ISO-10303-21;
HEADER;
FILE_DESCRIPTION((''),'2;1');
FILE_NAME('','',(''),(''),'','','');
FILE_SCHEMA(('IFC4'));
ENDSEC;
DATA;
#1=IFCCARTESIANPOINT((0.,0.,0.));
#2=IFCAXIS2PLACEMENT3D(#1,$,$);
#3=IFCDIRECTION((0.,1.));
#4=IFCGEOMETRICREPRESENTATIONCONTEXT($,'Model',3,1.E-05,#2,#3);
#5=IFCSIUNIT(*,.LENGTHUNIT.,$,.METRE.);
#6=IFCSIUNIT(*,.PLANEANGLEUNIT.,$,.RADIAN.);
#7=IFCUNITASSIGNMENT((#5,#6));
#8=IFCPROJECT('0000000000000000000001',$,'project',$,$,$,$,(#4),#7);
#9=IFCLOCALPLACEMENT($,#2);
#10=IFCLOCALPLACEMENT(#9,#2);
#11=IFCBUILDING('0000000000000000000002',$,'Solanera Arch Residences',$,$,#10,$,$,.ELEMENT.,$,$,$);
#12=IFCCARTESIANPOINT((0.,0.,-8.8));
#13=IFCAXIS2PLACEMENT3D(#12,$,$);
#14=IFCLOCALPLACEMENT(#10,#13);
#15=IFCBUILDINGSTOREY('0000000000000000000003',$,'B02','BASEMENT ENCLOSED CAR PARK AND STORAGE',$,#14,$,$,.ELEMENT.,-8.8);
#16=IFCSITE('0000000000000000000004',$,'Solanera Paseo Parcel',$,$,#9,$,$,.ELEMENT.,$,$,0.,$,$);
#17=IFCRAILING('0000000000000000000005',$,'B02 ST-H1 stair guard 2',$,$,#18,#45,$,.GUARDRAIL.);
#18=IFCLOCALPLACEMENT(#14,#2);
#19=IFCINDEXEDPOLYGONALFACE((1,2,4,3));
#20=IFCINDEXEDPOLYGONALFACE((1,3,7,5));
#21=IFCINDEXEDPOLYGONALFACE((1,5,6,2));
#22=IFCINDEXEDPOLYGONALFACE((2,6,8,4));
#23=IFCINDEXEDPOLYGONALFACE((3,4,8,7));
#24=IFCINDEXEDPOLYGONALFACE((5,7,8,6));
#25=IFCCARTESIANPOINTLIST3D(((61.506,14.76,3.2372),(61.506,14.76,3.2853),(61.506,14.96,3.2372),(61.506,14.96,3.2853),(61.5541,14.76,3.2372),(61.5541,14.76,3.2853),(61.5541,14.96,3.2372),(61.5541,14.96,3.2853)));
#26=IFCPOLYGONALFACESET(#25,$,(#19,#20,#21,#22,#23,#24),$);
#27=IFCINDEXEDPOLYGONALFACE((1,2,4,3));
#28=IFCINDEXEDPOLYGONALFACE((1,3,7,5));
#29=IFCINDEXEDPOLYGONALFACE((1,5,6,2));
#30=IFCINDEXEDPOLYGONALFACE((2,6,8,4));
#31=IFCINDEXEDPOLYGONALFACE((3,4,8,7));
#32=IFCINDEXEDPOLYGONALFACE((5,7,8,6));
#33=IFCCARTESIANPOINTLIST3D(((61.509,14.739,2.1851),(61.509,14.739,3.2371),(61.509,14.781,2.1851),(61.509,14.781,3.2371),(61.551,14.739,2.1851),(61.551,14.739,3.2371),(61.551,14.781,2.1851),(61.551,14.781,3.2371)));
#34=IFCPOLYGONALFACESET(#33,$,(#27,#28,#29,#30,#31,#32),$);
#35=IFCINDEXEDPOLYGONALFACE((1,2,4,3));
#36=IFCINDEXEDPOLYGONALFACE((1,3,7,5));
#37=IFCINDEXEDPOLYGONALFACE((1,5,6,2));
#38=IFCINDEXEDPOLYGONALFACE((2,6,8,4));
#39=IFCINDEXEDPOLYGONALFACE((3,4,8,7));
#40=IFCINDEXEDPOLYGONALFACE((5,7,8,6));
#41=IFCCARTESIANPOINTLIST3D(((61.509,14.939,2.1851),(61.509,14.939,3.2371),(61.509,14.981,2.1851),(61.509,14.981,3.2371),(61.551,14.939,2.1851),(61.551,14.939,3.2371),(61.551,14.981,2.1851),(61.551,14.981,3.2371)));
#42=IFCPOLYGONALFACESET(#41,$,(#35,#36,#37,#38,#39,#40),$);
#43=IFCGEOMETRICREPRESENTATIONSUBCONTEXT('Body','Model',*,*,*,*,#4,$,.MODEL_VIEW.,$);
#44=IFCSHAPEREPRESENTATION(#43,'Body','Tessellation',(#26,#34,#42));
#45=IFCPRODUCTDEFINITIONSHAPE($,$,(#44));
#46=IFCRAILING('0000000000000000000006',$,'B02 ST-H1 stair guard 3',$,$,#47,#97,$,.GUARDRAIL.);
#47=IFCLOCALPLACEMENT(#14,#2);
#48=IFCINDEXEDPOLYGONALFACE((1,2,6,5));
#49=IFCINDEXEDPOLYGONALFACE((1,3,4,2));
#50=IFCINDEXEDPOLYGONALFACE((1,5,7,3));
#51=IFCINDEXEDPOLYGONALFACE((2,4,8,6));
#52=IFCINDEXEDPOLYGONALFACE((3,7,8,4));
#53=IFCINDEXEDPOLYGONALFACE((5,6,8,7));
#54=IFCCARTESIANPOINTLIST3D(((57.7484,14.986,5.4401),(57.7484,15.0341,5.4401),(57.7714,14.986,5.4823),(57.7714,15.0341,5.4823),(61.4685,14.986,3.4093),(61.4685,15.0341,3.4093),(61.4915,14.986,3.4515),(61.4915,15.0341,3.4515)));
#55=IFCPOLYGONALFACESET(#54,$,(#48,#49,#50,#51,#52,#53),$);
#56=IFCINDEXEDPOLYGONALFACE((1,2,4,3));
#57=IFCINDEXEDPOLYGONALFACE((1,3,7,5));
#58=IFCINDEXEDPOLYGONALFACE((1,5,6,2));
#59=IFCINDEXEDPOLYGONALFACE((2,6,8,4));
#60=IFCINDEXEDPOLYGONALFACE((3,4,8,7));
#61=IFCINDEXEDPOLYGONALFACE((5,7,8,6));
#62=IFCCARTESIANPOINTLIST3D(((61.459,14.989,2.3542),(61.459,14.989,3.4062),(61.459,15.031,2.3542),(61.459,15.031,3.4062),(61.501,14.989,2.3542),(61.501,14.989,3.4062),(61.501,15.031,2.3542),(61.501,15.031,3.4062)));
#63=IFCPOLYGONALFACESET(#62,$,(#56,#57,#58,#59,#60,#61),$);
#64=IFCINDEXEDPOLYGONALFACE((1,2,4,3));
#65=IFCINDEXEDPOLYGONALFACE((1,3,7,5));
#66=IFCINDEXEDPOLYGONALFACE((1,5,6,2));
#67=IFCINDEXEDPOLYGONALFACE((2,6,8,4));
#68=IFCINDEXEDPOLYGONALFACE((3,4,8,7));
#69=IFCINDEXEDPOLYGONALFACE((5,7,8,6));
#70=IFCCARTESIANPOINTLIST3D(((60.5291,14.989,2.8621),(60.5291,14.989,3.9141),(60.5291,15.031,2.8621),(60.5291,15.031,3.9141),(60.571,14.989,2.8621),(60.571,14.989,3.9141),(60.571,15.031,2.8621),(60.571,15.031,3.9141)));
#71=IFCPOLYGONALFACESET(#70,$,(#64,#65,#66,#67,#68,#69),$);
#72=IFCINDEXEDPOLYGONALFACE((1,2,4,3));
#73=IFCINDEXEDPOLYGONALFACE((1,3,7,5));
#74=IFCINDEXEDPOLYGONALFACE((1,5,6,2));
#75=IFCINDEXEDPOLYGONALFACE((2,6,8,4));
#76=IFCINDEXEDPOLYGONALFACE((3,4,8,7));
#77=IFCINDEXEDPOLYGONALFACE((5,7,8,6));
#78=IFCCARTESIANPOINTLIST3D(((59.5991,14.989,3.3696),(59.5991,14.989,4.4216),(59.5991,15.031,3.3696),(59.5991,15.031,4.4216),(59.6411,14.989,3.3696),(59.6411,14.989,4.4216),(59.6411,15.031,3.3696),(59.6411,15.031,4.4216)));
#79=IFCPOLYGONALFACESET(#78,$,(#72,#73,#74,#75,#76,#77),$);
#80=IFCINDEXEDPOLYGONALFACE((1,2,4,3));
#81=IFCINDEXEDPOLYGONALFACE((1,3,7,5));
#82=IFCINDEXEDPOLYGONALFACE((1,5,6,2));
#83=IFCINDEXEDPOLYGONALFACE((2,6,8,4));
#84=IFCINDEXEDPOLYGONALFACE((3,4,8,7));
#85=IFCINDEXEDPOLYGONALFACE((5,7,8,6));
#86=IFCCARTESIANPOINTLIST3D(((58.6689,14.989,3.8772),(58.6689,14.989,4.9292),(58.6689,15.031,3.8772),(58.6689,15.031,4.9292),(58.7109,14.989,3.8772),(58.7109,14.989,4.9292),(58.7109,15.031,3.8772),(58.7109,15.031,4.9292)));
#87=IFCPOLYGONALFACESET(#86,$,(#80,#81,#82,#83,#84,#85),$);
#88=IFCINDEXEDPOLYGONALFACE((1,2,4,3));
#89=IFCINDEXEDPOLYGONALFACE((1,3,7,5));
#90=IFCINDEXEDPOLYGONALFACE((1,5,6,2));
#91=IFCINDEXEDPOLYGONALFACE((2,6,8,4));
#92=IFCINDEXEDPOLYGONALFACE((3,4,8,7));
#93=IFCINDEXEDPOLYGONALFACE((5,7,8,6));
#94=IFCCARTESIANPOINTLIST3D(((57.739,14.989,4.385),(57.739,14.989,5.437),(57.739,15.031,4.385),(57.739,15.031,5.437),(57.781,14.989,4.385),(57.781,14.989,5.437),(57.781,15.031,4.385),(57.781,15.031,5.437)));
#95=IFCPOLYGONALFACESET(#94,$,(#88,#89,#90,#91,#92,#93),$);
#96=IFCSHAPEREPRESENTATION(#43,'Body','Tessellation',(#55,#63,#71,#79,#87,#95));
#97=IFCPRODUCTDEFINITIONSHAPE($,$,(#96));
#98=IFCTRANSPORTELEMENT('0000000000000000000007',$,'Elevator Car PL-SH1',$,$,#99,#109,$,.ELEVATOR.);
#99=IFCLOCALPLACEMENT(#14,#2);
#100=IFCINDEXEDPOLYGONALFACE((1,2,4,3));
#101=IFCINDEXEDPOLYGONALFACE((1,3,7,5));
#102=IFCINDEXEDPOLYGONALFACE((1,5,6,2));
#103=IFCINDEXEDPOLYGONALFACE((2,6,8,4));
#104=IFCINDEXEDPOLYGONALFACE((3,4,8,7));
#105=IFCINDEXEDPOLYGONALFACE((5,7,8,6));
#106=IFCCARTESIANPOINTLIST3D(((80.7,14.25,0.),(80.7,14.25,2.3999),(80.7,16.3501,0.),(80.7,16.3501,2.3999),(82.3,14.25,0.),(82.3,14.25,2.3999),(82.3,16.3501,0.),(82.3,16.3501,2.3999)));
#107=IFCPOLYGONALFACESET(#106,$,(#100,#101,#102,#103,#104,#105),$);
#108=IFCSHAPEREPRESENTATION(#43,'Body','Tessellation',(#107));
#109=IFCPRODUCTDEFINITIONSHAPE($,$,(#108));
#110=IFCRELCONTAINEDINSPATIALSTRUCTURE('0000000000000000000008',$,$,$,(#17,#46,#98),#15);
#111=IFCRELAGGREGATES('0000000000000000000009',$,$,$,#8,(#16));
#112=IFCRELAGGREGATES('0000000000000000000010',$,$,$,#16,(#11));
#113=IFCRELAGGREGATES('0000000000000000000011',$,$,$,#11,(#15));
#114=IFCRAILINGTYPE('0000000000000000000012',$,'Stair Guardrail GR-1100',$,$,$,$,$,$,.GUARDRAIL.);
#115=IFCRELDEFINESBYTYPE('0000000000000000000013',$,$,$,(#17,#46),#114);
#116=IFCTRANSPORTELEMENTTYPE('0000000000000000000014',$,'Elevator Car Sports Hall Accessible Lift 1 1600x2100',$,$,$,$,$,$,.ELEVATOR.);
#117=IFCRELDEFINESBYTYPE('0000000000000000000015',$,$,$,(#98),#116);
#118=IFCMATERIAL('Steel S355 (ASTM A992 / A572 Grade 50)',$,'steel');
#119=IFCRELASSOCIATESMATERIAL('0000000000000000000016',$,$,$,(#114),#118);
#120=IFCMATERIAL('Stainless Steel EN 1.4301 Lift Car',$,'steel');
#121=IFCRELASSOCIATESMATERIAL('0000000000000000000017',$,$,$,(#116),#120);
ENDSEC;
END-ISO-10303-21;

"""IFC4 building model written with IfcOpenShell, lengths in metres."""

from ifc_helpers import new_model, si_unit, direction, frame, origin, origin_2d, place, context, subcontext, project, spatial, rectangle, extrude, material, type_object, element, save


model = new_model("IFC4")

# Units and contexts
model_context = context("Model", 3, precision=1e-05, world=origin(), true_north=direction((0.0, 1.0)))
body_context = subcontext(model_context, "Body", "Model", "MODEL_VIEW")
ifc_project = project(units=[si_unit("LENGTHUNIT", "METRE"), si_unit("PLANEANGLEUNIT", "RADIAN")], contexts=[model_context])

# Site, building, storey
site_placement = place(None, origin())
site = spatial("IfcSite", under=ifc_project, at=site_placement, Name="Solanera Paseo Parcel", CompositionType="ELEMENT", RefElevation=0.0)
building_placement = place(site_placement, origin())
building = spatial("IfcBuilding", under=site, at=building_placement, Name="Solanera Arch Residences", CompositionType="ELEMENT")
storey_placement = place(building_placement, frame((0.0, 0.0, -8.8)))
storey = spatial("IfcBuildingStorey", under=building, at=storey_placement, Name="B02", Description="BASEMENT ENCLOSED CAR PARK AND STORAGE", CompositionType="ELEMENT", Elevation=-8.8)

# Railings
ifc_material_1 = material(Name="Steel S355 (ASTM A992 / A572 Grade 50)", Category="steel")
railing_type = type_object("IfcRailingType", Name="Stair Guardrail GR-1100", PredefinedType="GUARDRAIL", material=ifc_material_1)
railing_1_placement = place(storey_placement, frame((61.53, 14.76, 2.1851)))
element("IfcRailing", 1, at=railing_1_placement, inside=storey, type_object=railing_type, Name="B02 ST-H1 stair guard 2", PredefinedType="GUARDRAIL", context=body_context, shape_type="SweptSolid", body=[
    extrude(rectangle(XDim=0.0481, YDim=0.0481, at=origin_2d()), frame((0.0, 0.0, 1.0762), z_axis=(0.0, 1.0, 0.0), x_axis=(-1.0, 0.0, 0.0)), (0.0, 0.0, 1.0), 0.2),
    extrude(rectangle(XDim=0.042, YDim=0.042, at=origin_2d()), origin(), (0.0, 0.0, 1.0), 1.052),
    extrude(rectangle(XDim=0.042, YDim=0.042, at=origin_2d()), frame((0.0, 0.2, 0.0)), (0.0, 0.0, 1.0), 1.052),
])
railing_2_placement = place(storey_placement, frame((61.48, 15.01, 2.3542)))
element("IfcRailing", 2, at=railing_2_placement, inside=storey, type_object=railing_type, Name="B02 ST-H1 stair guard 3", PredefinedType="GUARDRAIL", context=body_context, shape_type="SweptSolid", body=[
    extrude(rectangle(XDim=0.0481, YDim=0.0481, at=origin_2d()), frame((0.0, 0.0, 1.0762), z_axis=(-0.877728, 0.0, 0.479159), x_axis=(0.0, -1.0, 0.0)), (0.0, 0.0, 1.0), 4.2383),
    extrude(rectangle(XDim=0.042, YDim=0.042, at=origin_2d()), origin(), (0.0, 0.0, 1.0), 1.052),
    extrude(rectangle(XDim=0.042, YDim=0.042, at=origin_2d()), frame((-0.9299, 0.0, 0.5078)), (0.0, 0.0, 1.0), 1.052),
    extrude(rectangle(XDim=0.042, YDim=0.042, at=origin_2d()), frame((-1.8599, 0.0, 1.0154)), (0.0, 0.0, 1.0), 1.052),
    extrude(rectangle(XDim=0.042, YDim=0.042, at=origin_2d()), frame((-2.79, 0.0, 1.5229)), (0.0, 0.0, 1.0), 1.052),
    extrude(rectangle(XDim=0.042, YDim=0.042, at=origin_2d()), frame((-3.72, 0.0, 2.0308)), (0.0, 0.0, 1.0), 1.052),
])

# Transport element
ifc_material_2 = material(Name="Stainless Steel EN 1.4301 Lift Car", Category="steel")
transport_element_type = type_object("IfcTransportElementType", Name="Elevator Car Sports Hall Accessible Lift 1 1600x2100", PredefinedType="ELEVATOR", material=ifc_material_2)
transport_element_placement = place(storey_placement, frame((81.5, 15.3, 0.0), z_axis=(0.0, 0.0, 1.0), x_axis=(1.0, 0.0, 0.0)))
element("IfcTransportElement", 3, at=transport_element_placement, inside=storey, type_object=transport_element_type, Name="Elevator Car PL-SH1", PredefinedType="ELEVATOR", context=body_context, shape_type="SweptSolid", body=[
    extrude(rectangle(XDim=1.6001, YDim=2.1001, at=origin_2d()), origin(), (0.0, 0.0, 1.0), 2.3999),
])

save(model, "model.ifc")
